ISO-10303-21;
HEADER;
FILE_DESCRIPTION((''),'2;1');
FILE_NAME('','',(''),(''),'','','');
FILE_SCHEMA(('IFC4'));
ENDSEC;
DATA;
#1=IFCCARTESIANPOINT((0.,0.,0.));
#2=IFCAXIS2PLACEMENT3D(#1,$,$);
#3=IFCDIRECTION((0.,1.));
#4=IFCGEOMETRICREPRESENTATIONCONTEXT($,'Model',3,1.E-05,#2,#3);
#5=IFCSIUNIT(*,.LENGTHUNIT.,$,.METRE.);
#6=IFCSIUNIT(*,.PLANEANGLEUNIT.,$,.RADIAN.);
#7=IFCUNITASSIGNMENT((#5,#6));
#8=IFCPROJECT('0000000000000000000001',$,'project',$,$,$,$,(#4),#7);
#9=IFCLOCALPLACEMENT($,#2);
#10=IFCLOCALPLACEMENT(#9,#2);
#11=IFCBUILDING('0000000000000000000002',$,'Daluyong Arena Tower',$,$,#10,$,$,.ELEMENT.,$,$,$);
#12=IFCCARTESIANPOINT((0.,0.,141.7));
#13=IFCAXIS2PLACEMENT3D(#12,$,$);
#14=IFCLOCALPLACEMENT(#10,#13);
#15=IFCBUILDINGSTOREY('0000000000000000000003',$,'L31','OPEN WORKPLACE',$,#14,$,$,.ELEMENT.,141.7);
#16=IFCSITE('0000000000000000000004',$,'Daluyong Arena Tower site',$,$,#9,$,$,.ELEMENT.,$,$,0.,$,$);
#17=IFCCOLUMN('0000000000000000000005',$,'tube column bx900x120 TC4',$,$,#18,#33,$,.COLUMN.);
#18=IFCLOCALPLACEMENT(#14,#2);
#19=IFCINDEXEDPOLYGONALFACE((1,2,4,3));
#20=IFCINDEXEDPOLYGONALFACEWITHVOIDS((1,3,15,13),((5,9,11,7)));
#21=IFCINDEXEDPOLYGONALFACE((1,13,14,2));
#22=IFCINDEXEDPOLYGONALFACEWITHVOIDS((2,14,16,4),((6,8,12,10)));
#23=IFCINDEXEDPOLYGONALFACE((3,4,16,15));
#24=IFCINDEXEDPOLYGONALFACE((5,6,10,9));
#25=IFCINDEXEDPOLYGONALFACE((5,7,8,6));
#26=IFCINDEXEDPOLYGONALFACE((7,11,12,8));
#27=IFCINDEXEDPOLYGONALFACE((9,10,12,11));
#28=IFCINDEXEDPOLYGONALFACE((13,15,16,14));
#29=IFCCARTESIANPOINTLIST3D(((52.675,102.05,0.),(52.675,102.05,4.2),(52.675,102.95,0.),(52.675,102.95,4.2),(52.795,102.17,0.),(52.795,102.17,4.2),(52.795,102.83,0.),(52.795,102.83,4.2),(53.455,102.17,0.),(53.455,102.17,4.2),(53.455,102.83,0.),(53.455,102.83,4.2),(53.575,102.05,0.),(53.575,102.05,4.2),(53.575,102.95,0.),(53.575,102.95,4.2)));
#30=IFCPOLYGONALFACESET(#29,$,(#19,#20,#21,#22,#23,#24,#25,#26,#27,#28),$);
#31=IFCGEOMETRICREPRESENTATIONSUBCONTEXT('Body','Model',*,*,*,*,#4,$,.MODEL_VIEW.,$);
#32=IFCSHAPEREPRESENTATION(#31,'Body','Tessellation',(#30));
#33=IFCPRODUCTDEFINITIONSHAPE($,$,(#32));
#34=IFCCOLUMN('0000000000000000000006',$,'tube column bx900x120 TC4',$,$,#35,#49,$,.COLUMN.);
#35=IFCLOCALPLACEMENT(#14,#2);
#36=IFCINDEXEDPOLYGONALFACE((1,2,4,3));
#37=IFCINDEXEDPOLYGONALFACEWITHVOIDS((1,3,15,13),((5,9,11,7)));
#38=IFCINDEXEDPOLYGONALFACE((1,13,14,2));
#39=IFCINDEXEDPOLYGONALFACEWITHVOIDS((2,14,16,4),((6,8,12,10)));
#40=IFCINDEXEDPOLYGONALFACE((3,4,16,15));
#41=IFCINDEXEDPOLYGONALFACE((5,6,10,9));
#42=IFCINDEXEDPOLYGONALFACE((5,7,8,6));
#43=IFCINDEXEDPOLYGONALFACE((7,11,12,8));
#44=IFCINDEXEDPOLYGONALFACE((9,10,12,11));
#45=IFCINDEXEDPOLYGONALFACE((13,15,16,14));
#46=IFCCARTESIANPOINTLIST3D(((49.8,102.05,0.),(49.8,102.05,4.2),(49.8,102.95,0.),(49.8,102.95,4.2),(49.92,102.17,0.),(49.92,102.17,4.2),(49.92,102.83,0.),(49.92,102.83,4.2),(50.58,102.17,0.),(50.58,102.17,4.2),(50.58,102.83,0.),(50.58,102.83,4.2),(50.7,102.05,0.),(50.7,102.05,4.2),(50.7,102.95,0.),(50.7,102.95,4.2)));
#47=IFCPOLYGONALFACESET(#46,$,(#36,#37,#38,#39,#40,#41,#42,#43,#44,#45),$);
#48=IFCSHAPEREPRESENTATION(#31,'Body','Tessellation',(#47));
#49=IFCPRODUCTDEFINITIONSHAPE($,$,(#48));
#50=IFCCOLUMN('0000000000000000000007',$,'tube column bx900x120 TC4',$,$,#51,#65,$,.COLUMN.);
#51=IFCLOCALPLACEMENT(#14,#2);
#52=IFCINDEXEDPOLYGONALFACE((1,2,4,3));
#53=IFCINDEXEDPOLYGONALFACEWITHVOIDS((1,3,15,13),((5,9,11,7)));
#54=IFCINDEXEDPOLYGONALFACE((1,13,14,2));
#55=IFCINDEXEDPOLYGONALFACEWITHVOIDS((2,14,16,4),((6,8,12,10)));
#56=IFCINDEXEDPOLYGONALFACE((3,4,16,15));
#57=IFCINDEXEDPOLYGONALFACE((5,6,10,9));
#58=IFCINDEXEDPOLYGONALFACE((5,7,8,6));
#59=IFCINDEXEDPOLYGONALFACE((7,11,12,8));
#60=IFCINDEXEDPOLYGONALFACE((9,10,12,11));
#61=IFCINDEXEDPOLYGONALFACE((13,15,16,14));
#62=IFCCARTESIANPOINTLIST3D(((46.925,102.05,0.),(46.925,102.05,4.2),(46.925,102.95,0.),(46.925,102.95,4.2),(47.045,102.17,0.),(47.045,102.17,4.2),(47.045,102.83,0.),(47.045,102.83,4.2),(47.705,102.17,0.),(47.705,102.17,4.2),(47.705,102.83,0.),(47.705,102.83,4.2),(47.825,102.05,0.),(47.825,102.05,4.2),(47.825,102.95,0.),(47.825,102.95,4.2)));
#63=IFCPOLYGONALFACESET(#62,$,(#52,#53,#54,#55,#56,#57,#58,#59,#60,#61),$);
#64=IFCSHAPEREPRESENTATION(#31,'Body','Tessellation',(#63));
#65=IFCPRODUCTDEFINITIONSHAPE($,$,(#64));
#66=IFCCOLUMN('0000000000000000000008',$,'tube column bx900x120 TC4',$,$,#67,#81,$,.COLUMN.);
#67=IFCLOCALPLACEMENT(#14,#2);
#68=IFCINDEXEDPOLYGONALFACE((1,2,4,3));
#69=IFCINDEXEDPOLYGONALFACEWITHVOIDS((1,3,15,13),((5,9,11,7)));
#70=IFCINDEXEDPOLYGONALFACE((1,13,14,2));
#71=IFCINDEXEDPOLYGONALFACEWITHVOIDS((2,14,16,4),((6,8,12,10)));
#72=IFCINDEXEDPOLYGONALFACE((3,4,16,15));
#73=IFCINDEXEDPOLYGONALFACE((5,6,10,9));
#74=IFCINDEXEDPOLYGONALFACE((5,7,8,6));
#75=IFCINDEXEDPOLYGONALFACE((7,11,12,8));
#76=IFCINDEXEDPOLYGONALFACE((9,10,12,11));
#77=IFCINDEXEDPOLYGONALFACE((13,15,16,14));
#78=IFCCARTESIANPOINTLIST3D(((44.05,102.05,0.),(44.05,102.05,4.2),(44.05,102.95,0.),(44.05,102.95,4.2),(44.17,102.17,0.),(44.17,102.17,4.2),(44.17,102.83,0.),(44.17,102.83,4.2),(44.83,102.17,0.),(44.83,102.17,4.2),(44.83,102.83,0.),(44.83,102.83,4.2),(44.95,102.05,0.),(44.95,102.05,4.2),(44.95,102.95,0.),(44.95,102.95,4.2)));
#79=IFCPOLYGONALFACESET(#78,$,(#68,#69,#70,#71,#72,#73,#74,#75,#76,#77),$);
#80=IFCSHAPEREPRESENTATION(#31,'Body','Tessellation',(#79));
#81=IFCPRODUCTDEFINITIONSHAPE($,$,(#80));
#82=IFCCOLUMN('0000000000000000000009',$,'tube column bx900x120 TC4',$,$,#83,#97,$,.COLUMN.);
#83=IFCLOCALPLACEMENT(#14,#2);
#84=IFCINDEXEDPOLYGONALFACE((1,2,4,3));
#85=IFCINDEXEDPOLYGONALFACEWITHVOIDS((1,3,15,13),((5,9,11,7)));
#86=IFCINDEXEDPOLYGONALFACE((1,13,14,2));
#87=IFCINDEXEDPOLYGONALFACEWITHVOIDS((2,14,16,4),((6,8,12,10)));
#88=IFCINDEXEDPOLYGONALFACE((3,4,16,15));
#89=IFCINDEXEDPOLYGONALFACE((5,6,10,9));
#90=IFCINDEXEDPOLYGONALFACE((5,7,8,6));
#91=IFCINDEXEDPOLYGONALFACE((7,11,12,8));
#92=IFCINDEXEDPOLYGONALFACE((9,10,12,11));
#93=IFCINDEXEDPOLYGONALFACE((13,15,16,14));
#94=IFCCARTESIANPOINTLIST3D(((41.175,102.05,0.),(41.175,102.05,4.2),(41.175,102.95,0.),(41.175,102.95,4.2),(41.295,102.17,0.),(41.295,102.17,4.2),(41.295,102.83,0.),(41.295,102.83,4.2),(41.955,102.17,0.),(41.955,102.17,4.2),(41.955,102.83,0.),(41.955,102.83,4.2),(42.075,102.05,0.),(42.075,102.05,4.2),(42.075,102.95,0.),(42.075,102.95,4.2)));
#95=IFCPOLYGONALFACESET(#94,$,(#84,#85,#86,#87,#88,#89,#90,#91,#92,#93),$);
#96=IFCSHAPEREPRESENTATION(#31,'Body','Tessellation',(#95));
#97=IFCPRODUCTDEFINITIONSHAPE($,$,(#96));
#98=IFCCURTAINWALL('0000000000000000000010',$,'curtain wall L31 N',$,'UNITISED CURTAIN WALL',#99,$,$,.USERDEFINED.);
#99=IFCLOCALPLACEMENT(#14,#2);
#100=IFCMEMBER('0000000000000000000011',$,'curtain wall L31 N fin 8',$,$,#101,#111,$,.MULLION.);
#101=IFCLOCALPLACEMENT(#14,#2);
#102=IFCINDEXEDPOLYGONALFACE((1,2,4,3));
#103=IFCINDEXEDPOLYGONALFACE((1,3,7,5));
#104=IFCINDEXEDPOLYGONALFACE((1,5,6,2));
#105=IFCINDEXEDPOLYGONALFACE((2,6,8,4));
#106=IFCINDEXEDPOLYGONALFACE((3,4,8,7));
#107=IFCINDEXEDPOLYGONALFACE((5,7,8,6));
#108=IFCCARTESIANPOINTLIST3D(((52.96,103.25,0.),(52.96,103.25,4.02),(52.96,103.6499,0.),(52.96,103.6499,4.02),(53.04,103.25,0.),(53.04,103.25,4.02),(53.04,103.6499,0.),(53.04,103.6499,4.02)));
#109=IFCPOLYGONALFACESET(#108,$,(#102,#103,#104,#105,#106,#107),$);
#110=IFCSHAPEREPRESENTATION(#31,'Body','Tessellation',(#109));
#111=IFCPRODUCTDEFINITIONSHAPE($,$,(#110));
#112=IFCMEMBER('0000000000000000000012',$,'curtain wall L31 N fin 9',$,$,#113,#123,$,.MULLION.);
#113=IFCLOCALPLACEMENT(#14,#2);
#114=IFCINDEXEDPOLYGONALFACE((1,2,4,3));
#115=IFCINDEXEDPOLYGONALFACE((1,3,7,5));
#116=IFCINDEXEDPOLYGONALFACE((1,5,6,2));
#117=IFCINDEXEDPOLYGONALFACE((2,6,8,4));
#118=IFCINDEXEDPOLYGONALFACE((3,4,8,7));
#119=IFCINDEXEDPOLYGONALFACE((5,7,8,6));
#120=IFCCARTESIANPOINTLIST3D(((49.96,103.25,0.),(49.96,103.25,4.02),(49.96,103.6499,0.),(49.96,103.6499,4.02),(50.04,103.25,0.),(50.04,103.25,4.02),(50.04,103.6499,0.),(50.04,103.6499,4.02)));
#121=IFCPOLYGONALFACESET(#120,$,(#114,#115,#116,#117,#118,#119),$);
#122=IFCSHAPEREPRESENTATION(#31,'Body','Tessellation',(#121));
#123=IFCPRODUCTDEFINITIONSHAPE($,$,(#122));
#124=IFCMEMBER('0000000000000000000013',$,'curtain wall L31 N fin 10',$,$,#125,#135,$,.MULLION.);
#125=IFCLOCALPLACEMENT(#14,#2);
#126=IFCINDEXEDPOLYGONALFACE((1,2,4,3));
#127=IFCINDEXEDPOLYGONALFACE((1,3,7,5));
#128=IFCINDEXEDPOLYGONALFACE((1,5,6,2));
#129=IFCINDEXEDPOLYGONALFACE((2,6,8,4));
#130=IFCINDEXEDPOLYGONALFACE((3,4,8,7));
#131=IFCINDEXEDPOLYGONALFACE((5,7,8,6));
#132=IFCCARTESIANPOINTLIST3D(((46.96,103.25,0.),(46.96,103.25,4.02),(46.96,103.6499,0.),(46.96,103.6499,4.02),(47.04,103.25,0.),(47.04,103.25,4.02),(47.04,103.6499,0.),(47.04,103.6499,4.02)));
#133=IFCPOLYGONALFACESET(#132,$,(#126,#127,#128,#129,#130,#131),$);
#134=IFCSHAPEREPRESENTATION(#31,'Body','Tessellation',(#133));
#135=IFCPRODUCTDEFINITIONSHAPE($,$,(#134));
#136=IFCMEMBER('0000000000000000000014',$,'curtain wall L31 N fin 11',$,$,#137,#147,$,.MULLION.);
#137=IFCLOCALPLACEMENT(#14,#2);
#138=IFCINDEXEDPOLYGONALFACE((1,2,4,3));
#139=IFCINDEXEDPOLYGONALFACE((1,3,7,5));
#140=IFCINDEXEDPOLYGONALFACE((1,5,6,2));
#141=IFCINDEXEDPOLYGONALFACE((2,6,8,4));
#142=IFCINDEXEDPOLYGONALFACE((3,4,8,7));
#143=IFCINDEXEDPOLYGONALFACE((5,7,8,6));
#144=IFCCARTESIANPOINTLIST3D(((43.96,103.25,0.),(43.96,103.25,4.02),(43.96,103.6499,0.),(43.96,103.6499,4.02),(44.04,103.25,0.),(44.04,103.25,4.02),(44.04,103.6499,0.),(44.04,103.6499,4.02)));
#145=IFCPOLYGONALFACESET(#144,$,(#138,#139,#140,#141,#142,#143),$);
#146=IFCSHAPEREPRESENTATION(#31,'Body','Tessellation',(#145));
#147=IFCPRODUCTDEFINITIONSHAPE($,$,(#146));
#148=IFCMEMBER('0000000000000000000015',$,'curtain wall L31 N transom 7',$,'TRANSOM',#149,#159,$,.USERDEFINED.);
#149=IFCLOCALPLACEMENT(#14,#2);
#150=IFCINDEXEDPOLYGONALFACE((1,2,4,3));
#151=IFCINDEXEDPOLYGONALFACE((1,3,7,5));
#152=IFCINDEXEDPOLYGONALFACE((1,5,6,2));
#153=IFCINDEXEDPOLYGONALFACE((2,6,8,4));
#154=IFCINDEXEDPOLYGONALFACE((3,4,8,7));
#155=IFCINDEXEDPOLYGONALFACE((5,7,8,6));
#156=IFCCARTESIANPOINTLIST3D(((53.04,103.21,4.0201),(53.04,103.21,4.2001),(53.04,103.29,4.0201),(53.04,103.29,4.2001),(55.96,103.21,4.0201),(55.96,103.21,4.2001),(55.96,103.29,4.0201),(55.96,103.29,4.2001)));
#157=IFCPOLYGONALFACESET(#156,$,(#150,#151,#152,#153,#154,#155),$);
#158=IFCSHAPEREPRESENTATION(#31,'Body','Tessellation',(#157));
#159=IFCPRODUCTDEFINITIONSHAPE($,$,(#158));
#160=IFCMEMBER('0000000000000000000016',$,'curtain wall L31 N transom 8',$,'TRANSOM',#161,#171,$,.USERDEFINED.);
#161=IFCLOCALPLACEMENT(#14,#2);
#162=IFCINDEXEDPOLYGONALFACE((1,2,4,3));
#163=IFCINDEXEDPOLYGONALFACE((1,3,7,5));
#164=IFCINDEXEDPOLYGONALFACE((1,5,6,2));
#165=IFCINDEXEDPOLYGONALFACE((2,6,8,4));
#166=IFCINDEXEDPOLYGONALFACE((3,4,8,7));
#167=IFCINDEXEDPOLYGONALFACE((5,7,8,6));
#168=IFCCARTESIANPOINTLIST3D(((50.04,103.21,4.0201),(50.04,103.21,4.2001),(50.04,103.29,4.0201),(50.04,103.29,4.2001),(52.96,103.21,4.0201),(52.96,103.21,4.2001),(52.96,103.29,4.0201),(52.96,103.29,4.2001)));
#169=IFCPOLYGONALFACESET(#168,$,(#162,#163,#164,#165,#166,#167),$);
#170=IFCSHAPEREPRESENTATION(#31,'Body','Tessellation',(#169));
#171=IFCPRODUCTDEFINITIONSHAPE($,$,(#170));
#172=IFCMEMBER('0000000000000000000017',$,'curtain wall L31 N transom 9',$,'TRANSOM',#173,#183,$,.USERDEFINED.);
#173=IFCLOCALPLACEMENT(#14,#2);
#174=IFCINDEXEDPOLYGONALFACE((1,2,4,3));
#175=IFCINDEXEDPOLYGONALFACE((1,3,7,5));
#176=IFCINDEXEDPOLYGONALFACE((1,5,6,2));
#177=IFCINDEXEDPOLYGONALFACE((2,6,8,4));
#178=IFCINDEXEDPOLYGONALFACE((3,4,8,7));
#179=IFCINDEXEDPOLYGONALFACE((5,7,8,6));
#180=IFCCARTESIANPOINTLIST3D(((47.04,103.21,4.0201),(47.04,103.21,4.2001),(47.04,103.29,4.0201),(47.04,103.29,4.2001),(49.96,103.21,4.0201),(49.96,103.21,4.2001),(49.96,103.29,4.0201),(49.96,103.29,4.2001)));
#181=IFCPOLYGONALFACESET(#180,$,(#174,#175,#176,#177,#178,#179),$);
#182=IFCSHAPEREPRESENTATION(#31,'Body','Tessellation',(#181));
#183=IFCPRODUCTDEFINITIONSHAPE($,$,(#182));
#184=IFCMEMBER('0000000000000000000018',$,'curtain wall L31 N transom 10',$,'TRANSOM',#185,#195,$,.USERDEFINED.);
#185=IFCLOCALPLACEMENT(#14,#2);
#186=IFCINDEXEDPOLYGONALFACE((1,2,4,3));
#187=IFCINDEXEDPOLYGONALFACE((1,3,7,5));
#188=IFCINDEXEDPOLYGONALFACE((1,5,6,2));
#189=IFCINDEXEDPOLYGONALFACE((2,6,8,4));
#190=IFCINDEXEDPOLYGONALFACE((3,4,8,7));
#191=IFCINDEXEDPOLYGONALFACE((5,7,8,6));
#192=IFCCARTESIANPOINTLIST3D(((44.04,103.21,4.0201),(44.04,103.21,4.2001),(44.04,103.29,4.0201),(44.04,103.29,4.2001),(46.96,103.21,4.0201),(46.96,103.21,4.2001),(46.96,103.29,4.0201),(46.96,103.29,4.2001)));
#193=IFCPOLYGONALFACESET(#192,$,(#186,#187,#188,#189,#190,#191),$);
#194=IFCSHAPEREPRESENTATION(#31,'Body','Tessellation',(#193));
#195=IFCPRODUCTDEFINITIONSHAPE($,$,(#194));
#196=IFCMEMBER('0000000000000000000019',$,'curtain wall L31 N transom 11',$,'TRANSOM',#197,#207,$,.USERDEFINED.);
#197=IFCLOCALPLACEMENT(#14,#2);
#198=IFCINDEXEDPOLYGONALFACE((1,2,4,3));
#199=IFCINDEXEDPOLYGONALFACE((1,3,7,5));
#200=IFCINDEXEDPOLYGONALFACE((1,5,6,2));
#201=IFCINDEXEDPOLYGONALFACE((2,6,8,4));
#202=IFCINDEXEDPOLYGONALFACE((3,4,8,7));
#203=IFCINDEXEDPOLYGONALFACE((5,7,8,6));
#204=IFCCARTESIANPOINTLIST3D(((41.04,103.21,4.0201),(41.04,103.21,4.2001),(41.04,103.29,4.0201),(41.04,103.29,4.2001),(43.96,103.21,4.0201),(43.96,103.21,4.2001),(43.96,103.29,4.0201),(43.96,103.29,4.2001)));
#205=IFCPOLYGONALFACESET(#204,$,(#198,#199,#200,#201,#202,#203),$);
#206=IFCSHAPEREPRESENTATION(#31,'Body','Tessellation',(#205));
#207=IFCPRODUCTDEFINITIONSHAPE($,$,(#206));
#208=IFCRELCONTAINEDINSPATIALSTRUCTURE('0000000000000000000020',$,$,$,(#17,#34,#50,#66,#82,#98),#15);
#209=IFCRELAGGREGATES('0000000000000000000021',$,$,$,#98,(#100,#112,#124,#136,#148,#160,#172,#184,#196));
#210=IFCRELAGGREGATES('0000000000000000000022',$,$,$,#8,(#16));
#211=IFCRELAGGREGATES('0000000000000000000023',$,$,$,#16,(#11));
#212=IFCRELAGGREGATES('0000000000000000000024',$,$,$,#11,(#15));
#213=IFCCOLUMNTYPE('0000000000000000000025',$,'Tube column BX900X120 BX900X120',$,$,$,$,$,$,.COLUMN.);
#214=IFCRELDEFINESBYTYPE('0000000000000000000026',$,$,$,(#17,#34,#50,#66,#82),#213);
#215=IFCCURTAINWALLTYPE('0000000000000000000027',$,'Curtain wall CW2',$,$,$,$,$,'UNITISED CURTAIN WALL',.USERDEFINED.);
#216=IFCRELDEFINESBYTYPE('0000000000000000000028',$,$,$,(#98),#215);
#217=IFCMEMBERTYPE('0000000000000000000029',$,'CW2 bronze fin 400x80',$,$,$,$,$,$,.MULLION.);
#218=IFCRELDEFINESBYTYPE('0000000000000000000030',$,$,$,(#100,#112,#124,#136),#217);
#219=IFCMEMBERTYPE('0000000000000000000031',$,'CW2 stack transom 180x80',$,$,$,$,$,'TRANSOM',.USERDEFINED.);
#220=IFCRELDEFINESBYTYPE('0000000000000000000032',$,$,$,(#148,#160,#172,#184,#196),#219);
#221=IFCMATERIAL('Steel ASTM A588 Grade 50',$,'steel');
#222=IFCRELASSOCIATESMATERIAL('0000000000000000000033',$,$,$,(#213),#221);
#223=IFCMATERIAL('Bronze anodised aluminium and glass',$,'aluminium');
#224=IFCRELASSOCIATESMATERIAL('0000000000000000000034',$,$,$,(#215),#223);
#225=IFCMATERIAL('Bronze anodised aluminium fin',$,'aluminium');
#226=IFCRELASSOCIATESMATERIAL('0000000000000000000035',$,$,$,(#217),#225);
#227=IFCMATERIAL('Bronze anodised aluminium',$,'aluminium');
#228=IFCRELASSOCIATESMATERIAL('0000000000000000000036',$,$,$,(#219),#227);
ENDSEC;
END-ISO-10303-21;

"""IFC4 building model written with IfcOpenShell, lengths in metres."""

from ifc_helpers import new_model, si_unit, direction, frame, origin, origin_2d, place, context, subcontext, project, spatial, rectangle, hollow_rectangle, extrude, material, material_profile, profile_set, type_object, element, aggregate, save


model = new_model("IFC4")

# Units and contexts
model_context = context("Model", 3, precision=1e-05, world=origin(), true_north=direction((0.0, 1.0)))
body_context = subcontext(model_context, "Body", "Model", "MODEL_VIEW")
ifc_project = project(units=[si_unit("LENGTHUNIT", "METRE"), si_unit("PLANEANGLEUNIT", "RADIAN")], contexts=[model_context])

# Site, building, storey
site_placement = place(None, origin())
site = spatial("IfcSite", under=ifc_project, at=site_placement, Name="Daluyong Arena Tower site", CompositionType="ELEMENT", RefElevation=0.0)
building_placement = place(site_placement, origin())
building = spatial("IfcBuilding", under=site, at=building_placement, Name="Daluyong Arena Tower", CompositionType="ELEMENT")
storey_placement = place(building_placement, frame((0.0, 0.0, 141.7)))
storey = spatial("IfcBuildingStorey", under=building, at=storey_placement, Name="L31", Description="OPEN WORKPLACE", CompositionType="ELEMENT", Elevation=141.7)

# Columns
ifc_material_1 = material(Name="Steel ASTM A588 Grade 50", Category="steel")
ifc_material_profile_1 = material_profile(ifc_material_1, hollow_rectangle(XDim=0.8999, YDim=0.8999, WallThickness=0.12, at=origin_2d()))
ifc_profile_set_1 = profile_set([ifc_material_profile_1], Name="Steel ASTM A588 Grade 50")
column_type = type_object("IfcColumnType", Name="Tube column BX900X120 BX900X120", PredefinedType="COLUMN", material=ifc_profile_set_1)
for number, where, z_axis, x_axis, name in (
    (1, (53.125, 102.5, 0.0), (0.0, 0.0, 1.0), (1.0, 0.0, 0.0), "tube column bx900x120 TC4"),
    (2, (50.25, 102.5, 0.0), (0.0, 0.0, 1.0), (1.0, 0.0, 0.0), "tube column bx900x120 TC4"),
    (3, (47.375, 102.5, 0.0), (0.0, 0.0, 1.0), (1.0, 0.0, 0.0), "tube column bx900x120 TC4"),
    (4, (44.5, 102.5, 0.0), (0.0, 0.0, 1.0), (1.0, 0.0, 0.0), "tube column bx900x120 TC4"),
    (5, (41.625, 102.5, 0.0), (0.0, 0.0, 1.0), (1.0, 0.0, 0.0), "tube column bx900x120 TC4"),
):
    element("IfcColumn", number, at=place(storey_placement, frame(where, z_axis=z_axis, x_axis=x_axis)), inside=storey, type_object=column_type, Name=name, PredefinedType="COLUMN", context=body_context, shape_type="SweptSolid", body=[
        extrude(hollow_rectangle(XDim=0.8999, YDim=0.8999, WallThickness=0.12, at=origin_2d()), origin(), (0.0, 0.0, 1.0), 4.2),
    ])

# Curtain wall, members
ifc_material_2 = material(Name="Bronze anodised aluminium and glass", Category="aluminium")
curtain_wall_type = type_object("IfcCurtainWallType", Name="Curtain wall CW2", ElementType="UNITISED CURTAIN WALL", PredefinedType="USERDEFINED", material=ifc_material_2)
curtain_wall_placement = place(storey_placement, origin())
curtain_wall = element("IfcCurtainWall", 6, at=curtain_wall_placement, inside=storey, type_object=curtain_wall_type, Name="curtain wall L31 N", ObjectType="UNITISED CURTAIN WALL", PredefinedType="USERDEFINED")
ifc_material_3 = material(Name="Bronze anodised aluminium fin", Category="aluminium")
ifc_material_profile_2 = material_profile(ifc_material_3, rectangle(XDim=0.3999, YDim=0.0801, at=origin_2d()))
ifc_profile_set_2 = profile_set([ifc_material_profile_2], Name="Bronze anodised aluminium fin")
member_type_1 = type_object("IfcMemberType", Name="CW2 bronze fin 400x80", PredefinedType="MULLION", material=ifc_profile_set_2)
member_1_placement = place(storey_placement, frame((53.0, 103.45, 0.0), z_axis=(0.0, 0.0, 1.0), x_axis=(0.0, -1.0, 0.0)))
member_1 = element("IfcMember", 7, at=member_1_placement, type_object=member_type_1, Name="curtain wall L31 N fin 8", PredefinedType="MULLION", context=body_context, shape_type="SweptSolid", body=[
    extrude(rectangle(XDim=0.3999, YDim=0.0801, at=origin_2d()), origin(), (0.0, 0.0, 1.0), 4.02),
])
member_2_placement = place(storey_placement, frame((50.0, 103.45, 0.0), z_axis=(0.0, 0.0, 1.0), x_axis=(0.0, -1.0, 0.0)))
member_2 = element("IfcMember", 8, at=member_2_placement, type_object=member_type_1, Name="curtain wall L31 N fin 9", PredefinedType="MULLION", context=body_context, shape_type="SweptSolid", body=[
    extrude(rectangle(XDim=0.3999, YDim=0.0801, at=origin_2d()), origin(), (0.0, 0.0, 1.0), 4.02),
])
member_3_placement = place(storey_placement, frame((47.0, 103.45, 0.0), z_axis=(0.0, 0.0, 1.0), x_axis=(0.0, -1.0, 0.0)))
member_3 = element("IfcMember", 9, at=member_3_placement, type_object=member_type_1, Name="curtain wall L31 N fin 10", PredefinedType="MULLION", context=body_context, shape_type="SweptSolid", body=[
    extrude(rectangle(XDim=0.3999, YDim=0.0801, at=origin_2d()), origin(), (0.0, 0.0, 1.0), 4.02),
])
member_4_placement = place(storey_placement, frame((44.0, 103.45, 0.0), z_axis=(0.0, 0.0, 1.0), x_axis=(0.0, -1.0, 0.0)))
member_4 = element("IfcMember", 10, at=member_4_placement, type_object=member_type_1, Name="curtain wall L31 N fin 11", PredefinedType="MULLION", context=body_context, shape_type="SweptSolid", body=[
    extrude(rectangle(XDim=0.3999, YDim=0.0801, at=origin_2d()), origin(), (0.0, 0.0, 1.0), 4.02),
])
ifc_material_4 = material(Name="Bronze anodised aluminium", Category="aluminium")
ifc_material_profile_3 = material_profile(ifc_material_4, rectangle(XDim=0.0801, YDim=0.1799, at=origin_2d()))
ifc_profile_set_3 = profile_set([ifc_material_profile_3], Name="Bronze anodised aluminium")
member_type_2 = type_object("IfcMemberType", Name="CW2 stack transom 180x80", ElementType="TRANSOM", PredefinedType="USERDEFINED", material=ifc_profile_set_3)
member_5_placement = place(storey_placement, frame((55.96, 103.25, 4.1101), z_axis=(-1.0, 0.0, 0.0), x_axis=(0.0, -1.0, 0.0)))
member_5 = element("IfcMember", 11, at=member_5_placement, type_object=member_type_2, Name="curtain wall L31 N transom 7", ObjectType="TRANSOM", PredefinedType="USERDEFINED", context=body_context, shape_type="SweptSolid", body=[
    extrude(rectangle(XDim=0.0801, YDim=0.1799, at=origin_2d()), origin(), (0.0, 0.0, 1.0), 2.9199),
])
member_6_placement = place(storey_placement, frame((52.96, 103.25, 4.1101), z_axis=(-1.0, 0.0, 0.0), x_axis=(0.0, -1.0, 0.0)))
member_6 = element("IfcMember", 12, at=member_6_placement, type_object=member_type_2, Name="curtain wall L31 N transom 8", ObjectType="TRANSOM", PredefinedType="USERDEFINED", context=body_context, shape_type="SweptSolid", body=[
    extrude(rectangle(XDim=0.0801, YDim=0.1799, at=origin_2d()), origin(), (0.0, 0.0, 1.0), 2.9199),
])
member_7_placement = place(storey_placement, frame((49.96, 103.25, 4.1101), z_axis=(-1.0, 0.0, 0.0), x_axis=(0.0, -1.0, 0.0)))
member_7 = element("IfcMember", 13, at=member_7_placement, type_object=member_type_2, Name="curtain wall L31 N transom 9", ObjectType="TRANSOM", PredefinedType="USERDEFINED", context=body_context, shape_type="SweptSolid", body=[
    extrude(rectangle(XDim=0.0801, YDim=0.1799, at=origin_2d()), origin(), (0.0, 0.0, 1.0), 2.9199),
])
member_8_placement = place(storey_placement, frame((46.96, 103.25, 4.1101), z_axis=(-1.0, 0.0, 0.0), x_axis=(0.0, -1.0, 0.0)))
member_8 = element("IfcMember", 14, at=member_8_placement, type_object=member_type_2, Name="curtain wall L31 N transom 10", ObjectType="TRANSOM", PredefinedType="USERDEFINED", context=body_context, shape_type="SweptSolid", body=[
    extrude(rectangle(XDim=0.0801, YDim=0.1799, at=origin_2d()), origin(), (0.0, 0.0, 1.0), 2.9199),
])
member_9_placement = place(storey_placement, frame((43.96, 103.25, 4.1101), z_axis=(-1.0, 0.0, 0.0), x_axis=(0.0, -1.0, 0.0)))
member_9 = element("IfcMember", 15, at=member_9_placement, type_object=member_type_2, Name="curtain wall L31 N transom 11", ObjectType="TRANSOM", PredefinedType="USERDEFINED", context=body_context, shape_type="SweptSolid", body=[
    extrude(rectangle(XDim=0.0801, YDim=0.1799, at=origin_2d()), origin(), (0.0, 0.0, 1.0), 2.9199),
])

aggregate(curtain_wall, [member_1, member_2, member_3, member_4, member_5, member_6, member_7, member_8, member_9])

save(model, "model.ifc")
